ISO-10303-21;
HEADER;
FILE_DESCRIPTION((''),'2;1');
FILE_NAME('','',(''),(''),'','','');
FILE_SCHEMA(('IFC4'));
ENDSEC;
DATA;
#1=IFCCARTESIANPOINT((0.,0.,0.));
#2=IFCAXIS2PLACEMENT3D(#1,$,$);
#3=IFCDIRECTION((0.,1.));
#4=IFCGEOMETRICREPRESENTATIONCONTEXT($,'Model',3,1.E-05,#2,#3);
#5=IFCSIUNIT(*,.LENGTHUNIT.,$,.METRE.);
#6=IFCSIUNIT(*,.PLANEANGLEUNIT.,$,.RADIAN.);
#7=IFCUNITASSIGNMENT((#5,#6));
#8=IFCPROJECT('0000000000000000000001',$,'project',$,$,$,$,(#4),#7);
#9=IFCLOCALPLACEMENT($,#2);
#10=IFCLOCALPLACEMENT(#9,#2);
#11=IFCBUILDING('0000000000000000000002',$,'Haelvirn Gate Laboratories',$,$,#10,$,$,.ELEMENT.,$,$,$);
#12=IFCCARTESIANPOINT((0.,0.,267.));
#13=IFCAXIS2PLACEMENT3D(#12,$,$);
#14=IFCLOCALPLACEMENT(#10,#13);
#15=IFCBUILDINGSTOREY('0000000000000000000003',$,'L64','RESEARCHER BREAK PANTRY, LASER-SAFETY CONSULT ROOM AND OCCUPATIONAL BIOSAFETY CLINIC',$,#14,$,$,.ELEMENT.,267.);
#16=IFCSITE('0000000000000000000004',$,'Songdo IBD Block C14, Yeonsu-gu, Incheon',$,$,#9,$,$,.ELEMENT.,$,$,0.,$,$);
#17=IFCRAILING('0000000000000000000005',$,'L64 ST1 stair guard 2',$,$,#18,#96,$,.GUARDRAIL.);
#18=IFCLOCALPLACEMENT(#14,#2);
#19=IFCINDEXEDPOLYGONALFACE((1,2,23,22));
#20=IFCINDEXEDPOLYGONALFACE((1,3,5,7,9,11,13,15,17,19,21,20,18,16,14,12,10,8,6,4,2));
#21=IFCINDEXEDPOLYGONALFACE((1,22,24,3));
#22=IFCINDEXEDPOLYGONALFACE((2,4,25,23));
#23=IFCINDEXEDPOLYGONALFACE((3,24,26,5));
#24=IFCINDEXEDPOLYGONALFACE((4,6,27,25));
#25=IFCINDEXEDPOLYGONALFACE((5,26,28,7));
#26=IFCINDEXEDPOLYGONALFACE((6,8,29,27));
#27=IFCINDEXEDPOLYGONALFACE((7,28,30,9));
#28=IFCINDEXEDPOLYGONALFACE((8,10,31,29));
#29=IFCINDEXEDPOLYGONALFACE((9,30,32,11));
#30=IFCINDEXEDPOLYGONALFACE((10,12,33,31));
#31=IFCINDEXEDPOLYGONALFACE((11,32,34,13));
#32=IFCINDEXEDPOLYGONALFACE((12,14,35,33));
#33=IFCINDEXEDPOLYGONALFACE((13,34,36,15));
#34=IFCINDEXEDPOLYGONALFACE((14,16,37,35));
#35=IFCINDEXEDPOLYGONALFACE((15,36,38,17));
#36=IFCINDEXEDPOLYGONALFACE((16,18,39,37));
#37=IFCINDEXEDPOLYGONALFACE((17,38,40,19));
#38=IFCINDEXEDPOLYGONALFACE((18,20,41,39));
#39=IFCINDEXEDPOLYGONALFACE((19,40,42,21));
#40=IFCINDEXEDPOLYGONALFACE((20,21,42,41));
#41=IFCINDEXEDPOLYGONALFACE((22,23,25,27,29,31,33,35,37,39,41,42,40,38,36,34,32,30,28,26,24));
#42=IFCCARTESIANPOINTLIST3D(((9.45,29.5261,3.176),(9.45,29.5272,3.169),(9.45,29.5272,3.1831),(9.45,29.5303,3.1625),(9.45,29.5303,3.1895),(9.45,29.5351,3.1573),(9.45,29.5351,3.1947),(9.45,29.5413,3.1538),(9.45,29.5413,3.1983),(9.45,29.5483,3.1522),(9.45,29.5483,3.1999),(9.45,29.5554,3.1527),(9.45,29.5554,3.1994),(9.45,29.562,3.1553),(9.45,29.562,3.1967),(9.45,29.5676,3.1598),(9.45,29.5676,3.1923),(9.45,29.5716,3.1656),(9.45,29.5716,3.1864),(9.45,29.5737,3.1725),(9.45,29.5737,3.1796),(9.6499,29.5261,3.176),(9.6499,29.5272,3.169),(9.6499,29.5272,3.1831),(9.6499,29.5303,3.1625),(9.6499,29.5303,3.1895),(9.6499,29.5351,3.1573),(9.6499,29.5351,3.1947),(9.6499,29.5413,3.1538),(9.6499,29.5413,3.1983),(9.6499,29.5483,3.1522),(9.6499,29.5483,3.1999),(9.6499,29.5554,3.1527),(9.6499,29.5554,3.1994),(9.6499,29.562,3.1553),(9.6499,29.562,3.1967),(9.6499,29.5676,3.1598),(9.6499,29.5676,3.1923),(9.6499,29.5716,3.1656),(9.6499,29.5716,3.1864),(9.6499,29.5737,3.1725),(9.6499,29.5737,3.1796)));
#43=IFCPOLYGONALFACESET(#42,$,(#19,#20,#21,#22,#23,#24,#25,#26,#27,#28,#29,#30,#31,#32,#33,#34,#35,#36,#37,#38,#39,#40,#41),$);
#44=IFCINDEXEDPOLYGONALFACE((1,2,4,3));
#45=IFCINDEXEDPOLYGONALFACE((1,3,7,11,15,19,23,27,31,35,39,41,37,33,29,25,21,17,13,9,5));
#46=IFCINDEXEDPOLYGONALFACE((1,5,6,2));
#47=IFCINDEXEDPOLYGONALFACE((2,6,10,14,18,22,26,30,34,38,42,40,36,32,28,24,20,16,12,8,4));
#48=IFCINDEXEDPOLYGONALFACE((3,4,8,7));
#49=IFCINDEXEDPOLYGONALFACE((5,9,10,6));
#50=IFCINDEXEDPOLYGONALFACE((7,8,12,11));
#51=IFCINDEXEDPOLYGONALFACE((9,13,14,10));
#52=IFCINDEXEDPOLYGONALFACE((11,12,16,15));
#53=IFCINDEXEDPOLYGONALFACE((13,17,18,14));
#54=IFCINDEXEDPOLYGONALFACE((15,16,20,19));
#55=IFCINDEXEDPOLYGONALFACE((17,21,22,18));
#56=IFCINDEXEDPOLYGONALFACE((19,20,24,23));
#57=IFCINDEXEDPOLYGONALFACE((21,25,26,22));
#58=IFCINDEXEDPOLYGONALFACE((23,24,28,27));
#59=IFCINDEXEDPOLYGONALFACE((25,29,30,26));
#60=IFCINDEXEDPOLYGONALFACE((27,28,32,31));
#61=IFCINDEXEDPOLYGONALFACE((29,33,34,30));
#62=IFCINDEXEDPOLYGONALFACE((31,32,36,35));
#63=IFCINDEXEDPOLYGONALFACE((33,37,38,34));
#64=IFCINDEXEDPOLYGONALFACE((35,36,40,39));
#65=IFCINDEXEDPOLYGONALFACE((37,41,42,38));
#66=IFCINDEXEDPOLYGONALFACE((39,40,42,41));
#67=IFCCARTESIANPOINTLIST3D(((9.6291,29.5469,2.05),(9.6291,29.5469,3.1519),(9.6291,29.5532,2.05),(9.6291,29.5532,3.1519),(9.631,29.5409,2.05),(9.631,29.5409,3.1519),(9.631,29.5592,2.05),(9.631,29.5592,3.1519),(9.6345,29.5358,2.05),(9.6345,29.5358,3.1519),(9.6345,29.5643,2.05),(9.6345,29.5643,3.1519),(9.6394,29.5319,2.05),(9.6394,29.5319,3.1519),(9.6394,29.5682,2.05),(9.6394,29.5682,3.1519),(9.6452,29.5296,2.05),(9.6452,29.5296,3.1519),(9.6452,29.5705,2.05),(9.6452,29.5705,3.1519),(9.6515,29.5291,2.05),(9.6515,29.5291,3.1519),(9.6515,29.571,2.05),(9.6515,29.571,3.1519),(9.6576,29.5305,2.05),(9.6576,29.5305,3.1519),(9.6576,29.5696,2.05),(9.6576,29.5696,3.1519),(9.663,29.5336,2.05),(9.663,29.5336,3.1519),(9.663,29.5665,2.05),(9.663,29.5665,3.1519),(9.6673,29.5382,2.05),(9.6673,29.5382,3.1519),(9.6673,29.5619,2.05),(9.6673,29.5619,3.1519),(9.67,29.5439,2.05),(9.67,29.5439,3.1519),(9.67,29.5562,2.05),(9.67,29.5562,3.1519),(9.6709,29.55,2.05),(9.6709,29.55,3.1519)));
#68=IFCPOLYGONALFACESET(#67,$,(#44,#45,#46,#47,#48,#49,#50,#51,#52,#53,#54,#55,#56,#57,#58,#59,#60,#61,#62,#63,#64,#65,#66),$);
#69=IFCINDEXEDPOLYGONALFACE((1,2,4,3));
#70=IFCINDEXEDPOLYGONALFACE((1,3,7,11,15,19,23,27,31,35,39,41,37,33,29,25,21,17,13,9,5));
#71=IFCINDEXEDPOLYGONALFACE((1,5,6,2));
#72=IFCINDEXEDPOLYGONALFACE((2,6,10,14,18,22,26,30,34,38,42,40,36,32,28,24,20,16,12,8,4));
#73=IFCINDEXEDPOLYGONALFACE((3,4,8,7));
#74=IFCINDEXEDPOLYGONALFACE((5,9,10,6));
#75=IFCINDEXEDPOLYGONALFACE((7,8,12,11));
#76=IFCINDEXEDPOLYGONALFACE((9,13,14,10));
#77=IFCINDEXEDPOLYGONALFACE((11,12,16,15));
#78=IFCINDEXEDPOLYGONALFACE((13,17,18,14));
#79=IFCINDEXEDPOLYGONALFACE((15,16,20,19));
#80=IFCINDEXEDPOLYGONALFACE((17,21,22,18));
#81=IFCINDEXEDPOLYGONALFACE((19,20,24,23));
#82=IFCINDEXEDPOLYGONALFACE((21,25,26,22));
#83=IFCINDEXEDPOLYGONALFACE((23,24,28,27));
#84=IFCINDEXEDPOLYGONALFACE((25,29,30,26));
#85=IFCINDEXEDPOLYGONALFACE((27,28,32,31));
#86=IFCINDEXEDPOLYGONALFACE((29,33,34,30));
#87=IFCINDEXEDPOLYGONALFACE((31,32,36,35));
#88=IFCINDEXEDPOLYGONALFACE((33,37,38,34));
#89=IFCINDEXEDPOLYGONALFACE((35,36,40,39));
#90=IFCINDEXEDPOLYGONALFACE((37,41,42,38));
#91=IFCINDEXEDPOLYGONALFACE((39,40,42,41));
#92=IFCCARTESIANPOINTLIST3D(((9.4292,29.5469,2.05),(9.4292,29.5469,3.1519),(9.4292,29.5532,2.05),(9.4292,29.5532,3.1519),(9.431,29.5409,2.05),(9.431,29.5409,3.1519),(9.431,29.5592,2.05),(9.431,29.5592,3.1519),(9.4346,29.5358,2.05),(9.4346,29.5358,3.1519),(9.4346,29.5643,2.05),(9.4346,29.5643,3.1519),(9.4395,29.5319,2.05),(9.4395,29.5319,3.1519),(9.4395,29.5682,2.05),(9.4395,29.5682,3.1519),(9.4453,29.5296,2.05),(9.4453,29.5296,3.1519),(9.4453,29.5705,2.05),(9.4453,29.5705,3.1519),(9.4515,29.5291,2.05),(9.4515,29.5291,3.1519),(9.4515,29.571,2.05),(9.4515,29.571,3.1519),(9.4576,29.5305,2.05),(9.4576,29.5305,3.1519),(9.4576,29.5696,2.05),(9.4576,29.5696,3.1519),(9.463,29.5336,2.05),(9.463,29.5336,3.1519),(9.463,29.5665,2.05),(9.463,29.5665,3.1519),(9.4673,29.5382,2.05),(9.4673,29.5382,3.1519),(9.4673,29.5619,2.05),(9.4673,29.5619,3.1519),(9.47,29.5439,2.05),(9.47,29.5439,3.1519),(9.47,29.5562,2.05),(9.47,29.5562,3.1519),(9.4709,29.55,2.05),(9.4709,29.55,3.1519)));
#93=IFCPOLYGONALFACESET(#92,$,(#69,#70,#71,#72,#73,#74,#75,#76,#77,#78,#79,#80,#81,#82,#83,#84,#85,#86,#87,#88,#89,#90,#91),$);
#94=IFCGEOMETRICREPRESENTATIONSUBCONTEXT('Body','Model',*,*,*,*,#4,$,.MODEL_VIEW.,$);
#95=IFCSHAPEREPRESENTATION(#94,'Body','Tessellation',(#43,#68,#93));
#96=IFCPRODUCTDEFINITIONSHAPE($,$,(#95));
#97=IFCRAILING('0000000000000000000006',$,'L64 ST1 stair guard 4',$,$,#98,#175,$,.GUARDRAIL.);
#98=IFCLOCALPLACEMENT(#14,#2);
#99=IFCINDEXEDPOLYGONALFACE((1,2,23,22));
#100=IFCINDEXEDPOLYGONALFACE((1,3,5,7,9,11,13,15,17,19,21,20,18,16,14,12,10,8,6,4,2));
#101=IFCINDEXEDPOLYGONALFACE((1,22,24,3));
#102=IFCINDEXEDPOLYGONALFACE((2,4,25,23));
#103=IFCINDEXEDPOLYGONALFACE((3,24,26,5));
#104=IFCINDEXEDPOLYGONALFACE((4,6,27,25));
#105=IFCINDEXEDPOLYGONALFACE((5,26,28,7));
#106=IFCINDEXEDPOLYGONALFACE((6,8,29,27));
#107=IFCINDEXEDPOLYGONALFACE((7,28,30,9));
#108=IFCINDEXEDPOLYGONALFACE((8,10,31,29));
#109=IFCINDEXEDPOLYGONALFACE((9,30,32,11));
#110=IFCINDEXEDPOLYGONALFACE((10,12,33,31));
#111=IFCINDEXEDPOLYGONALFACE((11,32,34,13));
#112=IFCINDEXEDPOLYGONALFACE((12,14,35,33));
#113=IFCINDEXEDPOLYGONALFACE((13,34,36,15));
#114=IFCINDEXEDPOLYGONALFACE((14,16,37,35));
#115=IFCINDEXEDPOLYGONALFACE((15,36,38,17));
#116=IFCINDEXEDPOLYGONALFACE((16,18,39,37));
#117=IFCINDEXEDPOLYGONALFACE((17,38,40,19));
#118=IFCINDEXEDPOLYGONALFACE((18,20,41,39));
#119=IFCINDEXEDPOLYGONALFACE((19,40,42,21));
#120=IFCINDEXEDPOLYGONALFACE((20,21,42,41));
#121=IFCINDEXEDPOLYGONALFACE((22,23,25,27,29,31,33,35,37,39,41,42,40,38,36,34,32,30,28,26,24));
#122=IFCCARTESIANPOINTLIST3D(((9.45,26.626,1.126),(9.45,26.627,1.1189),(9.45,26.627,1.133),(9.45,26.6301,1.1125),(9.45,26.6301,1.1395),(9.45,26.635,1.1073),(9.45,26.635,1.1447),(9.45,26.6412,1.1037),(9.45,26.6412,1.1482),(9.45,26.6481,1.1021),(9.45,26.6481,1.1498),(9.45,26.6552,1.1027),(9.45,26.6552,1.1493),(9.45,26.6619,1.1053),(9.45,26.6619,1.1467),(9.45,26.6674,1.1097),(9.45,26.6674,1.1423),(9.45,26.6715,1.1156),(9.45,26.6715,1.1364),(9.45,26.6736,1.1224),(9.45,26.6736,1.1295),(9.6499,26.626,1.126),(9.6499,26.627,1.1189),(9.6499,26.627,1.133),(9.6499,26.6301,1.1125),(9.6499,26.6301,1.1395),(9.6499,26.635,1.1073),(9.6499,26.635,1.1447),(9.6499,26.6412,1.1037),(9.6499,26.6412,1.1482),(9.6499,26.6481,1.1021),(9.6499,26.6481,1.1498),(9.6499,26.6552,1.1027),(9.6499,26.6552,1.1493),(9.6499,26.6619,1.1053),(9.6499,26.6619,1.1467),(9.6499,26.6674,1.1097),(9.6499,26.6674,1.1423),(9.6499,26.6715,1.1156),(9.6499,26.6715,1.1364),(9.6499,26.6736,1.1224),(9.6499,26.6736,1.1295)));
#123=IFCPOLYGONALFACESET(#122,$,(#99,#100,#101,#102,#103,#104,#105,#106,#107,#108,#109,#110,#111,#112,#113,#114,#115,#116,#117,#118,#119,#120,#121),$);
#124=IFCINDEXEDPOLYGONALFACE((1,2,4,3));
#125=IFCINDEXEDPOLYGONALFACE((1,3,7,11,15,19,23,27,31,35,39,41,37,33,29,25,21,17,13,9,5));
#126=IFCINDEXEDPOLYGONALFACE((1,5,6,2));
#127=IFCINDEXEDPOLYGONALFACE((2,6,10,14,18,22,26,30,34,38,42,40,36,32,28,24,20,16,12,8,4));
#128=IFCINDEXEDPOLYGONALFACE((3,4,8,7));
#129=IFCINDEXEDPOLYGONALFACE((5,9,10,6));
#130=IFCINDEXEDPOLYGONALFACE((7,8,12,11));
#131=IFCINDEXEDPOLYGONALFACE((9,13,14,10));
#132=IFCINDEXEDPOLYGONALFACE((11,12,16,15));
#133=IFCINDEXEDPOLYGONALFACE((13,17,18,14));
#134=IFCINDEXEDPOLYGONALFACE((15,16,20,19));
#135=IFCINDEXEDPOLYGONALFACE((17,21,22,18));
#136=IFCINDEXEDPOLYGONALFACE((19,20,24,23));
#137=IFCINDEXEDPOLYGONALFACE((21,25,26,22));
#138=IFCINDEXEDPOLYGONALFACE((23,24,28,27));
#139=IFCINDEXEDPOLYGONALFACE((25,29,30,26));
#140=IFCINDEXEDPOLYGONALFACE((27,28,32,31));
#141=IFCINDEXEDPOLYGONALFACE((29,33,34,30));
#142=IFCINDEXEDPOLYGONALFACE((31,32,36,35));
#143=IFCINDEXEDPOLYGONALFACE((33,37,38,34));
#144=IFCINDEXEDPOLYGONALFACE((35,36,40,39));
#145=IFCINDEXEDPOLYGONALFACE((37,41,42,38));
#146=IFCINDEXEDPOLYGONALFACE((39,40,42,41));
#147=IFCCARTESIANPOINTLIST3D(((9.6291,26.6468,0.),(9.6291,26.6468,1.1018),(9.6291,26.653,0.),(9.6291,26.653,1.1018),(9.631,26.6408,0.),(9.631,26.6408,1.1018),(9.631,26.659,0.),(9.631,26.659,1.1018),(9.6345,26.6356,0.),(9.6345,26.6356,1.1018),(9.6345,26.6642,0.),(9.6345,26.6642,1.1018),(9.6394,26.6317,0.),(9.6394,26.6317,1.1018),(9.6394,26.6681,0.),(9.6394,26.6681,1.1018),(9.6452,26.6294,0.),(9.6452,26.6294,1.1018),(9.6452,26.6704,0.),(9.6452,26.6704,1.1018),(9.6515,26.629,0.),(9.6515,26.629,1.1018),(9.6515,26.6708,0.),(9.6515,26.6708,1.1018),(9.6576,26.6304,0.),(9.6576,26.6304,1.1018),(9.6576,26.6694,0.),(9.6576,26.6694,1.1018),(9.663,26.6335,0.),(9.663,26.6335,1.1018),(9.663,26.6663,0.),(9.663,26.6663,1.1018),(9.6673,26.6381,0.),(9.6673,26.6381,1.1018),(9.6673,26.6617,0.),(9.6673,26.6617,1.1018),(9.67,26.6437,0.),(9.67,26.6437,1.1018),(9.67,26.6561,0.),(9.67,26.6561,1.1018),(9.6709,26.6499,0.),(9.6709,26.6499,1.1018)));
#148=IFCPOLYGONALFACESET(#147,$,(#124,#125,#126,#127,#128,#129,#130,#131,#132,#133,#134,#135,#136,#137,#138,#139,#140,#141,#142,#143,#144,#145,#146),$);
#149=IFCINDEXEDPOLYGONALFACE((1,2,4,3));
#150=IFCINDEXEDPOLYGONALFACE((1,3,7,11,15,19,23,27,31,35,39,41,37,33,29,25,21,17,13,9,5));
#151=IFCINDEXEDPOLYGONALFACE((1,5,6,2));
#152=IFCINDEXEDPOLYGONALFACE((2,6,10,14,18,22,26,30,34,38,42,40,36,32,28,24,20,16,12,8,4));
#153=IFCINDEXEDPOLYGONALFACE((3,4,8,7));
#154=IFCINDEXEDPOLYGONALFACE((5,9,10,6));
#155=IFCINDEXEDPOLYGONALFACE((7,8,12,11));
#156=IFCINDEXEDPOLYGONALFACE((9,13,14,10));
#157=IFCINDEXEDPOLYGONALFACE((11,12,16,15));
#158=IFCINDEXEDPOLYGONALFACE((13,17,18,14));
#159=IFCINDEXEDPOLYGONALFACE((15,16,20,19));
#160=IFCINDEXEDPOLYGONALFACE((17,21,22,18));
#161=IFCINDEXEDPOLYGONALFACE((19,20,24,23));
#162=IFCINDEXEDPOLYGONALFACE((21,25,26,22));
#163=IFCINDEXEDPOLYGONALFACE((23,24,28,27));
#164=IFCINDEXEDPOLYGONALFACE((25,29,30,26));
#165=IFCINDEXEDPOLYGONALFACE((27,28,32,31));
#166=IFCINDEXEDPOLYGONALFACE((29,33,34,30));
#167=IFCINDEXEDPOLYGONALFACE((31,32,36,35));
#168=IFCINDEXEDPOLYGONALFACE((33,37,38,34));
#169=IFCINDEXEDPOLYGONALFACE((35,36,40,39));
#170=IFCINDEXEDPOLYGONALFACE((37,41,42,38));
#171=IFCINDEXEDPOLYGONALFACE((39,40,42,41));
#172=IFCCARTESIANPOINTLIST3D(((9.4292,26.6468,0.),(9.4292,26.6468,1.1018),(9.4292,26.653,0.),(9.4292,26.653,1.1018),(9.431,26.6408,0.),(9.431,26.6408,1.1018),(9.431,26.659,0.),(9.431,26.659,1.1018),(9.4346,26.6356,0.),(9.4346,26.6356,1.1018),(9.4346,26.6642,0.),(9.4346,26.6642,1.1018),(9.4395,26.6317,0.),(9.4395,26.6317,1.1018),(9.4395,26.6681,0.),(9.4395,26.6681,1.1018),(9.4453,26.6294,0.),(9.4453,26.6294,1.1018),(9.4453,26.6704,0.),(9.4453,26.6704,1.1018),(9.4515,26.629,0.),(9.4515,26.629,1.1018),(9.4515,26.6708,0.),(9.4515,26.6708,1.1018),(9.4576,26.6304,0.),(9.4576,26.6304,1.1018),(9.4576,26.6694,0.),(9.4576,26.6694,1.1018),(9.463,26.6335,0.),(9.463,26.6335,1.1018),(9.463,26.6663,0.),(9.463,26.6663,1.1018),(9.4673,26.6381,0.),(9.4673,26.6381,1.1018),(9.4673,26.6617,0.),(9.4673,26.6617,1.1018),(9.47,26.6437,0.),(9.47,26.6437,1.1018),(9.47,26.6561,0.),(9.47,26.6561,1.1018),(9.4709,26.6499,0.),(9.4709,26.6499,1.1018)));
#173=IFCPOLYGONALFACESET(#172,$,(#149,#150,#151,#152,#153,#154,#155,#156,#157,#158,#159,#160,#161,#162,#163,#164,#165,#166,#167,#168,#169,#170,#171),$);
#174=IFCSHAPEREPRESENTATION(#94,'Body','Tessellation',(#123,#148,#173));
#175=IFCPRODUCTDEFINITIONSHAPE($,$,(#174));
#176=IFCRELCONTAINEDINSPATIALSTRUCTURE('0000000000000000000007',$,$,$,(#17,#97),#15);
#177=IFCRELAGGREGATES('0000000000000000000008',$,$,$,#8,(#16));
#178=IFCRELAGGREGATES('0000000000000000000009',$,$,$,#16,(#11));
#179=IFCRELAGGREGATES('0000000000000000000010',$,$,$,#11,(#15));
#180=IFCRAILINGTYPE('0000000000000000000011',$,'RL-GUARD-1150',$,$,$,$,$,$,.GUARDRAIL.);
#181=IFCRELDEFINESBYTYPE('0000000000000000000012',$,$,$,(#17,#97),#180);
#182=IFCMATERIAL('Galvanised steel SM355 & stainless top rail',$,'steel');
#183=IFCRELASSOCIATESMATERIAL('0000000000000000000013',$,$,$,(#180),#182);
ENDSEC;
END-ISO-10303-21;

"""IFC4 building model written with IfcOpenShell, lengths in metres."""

from ifc_helpers import new_model, si_unit, direction, frame, origin, origin_2d, place, context, subcontext, project, spatial, circle, extrude, source, transform, mapped, material, type_object, element, save


model = new_model("IFC4")

# Units and contexts
model_context = context("Model", 3, precision=1e-05, world=origin(), true_north=direction((0.0, 1.0)))
body_context = subcontext(model_context, "Body", "Model", "MODEL_VIEW")
ifc_project = project(units=[si_unit("LENGTHUNIT", "METRE"), si_unit("PLANEANGLEUNIT", "RADIAN")], contexts=[model_context])

# Site, building, storey
site_placement = place(None, origin())
site = spatial("IfcSite", under=ifc_project, at=site_placement, Name="Songdo IBD Block C14, Yeonsu-gu, Incheon", CompositionType="ELEMENT", RefElevation=0.0)
building_placement = place(site_placement, origin())
building = spatial("IfcBuilding", under=site, at=building_placement, Name="Haelvirn Gate Laboratories", CompositionType="ELEMENT")
storey_placement = place(building_placement, frame((0.0, 0.0, 267.0)))
storey = spatial("IfcBuildingStorey", under=building, at=storey_placement, Name="L64", Description="RESEARCHER BREAK PANTRY, LASER-SAFETY CONSULT ROOM AND OCCUPATIONAL BIOSAFETY CLINIC", CompositionType="ELEMENT", Elevation=267.0)

# Railings
ifc_material_1 = material(Name="Galvanised steel SM355 & stainless top rail", Category="steel")
railing_type_1 = type_object("IfcRailingType", Name="RL-GUARD-1150", PredefinedType="GUARDRAIL", material=ifc_material_1)
shared_shape_1 = source(origin(), body_context, "Body", "SweptSolid", [
    extrude(circle(Radius=0.0239, at=origin_2d()), frame((0.0, 0.0, 1.126), z_axis=(-1.0, 0.0, 0.0), x_axis=(0.0, -1.0, 0.0)), (0.0, 0.0, 1.0), 0.2),
    extrude(circle(Radius=0.021, at=origin_2d()), origin(), (0.0, 0.0, 1.0), 1.1018),
    extrude(circle(Radius=0.021, at=origin_2d()), frame((-0.2, 0.0, 0.0)), (0.0, 0.0, 1.0), 1.1018),
])
for number, where, name in (
    (1, (9.6499, 29.55, 2.05), "L64 ST1 stair guard 2"),
    (2, (9.6499, 26.6499, 0.0), "L64 ST1 stair guard 4"),
):
    element("IfcRailing", number, at=place(storey_placement, frame(where)), inside=storey, type_object=railing_type_1, Name=name, PredefinedType="GUARDRAIL", context=body_context, shape_type="MappedRepresentation", body=[
        mapped(shared_shape_1, transform((0.0, 0.0, 0.0), scale=1.0)),
    ])

save(model, "model.ifc")
